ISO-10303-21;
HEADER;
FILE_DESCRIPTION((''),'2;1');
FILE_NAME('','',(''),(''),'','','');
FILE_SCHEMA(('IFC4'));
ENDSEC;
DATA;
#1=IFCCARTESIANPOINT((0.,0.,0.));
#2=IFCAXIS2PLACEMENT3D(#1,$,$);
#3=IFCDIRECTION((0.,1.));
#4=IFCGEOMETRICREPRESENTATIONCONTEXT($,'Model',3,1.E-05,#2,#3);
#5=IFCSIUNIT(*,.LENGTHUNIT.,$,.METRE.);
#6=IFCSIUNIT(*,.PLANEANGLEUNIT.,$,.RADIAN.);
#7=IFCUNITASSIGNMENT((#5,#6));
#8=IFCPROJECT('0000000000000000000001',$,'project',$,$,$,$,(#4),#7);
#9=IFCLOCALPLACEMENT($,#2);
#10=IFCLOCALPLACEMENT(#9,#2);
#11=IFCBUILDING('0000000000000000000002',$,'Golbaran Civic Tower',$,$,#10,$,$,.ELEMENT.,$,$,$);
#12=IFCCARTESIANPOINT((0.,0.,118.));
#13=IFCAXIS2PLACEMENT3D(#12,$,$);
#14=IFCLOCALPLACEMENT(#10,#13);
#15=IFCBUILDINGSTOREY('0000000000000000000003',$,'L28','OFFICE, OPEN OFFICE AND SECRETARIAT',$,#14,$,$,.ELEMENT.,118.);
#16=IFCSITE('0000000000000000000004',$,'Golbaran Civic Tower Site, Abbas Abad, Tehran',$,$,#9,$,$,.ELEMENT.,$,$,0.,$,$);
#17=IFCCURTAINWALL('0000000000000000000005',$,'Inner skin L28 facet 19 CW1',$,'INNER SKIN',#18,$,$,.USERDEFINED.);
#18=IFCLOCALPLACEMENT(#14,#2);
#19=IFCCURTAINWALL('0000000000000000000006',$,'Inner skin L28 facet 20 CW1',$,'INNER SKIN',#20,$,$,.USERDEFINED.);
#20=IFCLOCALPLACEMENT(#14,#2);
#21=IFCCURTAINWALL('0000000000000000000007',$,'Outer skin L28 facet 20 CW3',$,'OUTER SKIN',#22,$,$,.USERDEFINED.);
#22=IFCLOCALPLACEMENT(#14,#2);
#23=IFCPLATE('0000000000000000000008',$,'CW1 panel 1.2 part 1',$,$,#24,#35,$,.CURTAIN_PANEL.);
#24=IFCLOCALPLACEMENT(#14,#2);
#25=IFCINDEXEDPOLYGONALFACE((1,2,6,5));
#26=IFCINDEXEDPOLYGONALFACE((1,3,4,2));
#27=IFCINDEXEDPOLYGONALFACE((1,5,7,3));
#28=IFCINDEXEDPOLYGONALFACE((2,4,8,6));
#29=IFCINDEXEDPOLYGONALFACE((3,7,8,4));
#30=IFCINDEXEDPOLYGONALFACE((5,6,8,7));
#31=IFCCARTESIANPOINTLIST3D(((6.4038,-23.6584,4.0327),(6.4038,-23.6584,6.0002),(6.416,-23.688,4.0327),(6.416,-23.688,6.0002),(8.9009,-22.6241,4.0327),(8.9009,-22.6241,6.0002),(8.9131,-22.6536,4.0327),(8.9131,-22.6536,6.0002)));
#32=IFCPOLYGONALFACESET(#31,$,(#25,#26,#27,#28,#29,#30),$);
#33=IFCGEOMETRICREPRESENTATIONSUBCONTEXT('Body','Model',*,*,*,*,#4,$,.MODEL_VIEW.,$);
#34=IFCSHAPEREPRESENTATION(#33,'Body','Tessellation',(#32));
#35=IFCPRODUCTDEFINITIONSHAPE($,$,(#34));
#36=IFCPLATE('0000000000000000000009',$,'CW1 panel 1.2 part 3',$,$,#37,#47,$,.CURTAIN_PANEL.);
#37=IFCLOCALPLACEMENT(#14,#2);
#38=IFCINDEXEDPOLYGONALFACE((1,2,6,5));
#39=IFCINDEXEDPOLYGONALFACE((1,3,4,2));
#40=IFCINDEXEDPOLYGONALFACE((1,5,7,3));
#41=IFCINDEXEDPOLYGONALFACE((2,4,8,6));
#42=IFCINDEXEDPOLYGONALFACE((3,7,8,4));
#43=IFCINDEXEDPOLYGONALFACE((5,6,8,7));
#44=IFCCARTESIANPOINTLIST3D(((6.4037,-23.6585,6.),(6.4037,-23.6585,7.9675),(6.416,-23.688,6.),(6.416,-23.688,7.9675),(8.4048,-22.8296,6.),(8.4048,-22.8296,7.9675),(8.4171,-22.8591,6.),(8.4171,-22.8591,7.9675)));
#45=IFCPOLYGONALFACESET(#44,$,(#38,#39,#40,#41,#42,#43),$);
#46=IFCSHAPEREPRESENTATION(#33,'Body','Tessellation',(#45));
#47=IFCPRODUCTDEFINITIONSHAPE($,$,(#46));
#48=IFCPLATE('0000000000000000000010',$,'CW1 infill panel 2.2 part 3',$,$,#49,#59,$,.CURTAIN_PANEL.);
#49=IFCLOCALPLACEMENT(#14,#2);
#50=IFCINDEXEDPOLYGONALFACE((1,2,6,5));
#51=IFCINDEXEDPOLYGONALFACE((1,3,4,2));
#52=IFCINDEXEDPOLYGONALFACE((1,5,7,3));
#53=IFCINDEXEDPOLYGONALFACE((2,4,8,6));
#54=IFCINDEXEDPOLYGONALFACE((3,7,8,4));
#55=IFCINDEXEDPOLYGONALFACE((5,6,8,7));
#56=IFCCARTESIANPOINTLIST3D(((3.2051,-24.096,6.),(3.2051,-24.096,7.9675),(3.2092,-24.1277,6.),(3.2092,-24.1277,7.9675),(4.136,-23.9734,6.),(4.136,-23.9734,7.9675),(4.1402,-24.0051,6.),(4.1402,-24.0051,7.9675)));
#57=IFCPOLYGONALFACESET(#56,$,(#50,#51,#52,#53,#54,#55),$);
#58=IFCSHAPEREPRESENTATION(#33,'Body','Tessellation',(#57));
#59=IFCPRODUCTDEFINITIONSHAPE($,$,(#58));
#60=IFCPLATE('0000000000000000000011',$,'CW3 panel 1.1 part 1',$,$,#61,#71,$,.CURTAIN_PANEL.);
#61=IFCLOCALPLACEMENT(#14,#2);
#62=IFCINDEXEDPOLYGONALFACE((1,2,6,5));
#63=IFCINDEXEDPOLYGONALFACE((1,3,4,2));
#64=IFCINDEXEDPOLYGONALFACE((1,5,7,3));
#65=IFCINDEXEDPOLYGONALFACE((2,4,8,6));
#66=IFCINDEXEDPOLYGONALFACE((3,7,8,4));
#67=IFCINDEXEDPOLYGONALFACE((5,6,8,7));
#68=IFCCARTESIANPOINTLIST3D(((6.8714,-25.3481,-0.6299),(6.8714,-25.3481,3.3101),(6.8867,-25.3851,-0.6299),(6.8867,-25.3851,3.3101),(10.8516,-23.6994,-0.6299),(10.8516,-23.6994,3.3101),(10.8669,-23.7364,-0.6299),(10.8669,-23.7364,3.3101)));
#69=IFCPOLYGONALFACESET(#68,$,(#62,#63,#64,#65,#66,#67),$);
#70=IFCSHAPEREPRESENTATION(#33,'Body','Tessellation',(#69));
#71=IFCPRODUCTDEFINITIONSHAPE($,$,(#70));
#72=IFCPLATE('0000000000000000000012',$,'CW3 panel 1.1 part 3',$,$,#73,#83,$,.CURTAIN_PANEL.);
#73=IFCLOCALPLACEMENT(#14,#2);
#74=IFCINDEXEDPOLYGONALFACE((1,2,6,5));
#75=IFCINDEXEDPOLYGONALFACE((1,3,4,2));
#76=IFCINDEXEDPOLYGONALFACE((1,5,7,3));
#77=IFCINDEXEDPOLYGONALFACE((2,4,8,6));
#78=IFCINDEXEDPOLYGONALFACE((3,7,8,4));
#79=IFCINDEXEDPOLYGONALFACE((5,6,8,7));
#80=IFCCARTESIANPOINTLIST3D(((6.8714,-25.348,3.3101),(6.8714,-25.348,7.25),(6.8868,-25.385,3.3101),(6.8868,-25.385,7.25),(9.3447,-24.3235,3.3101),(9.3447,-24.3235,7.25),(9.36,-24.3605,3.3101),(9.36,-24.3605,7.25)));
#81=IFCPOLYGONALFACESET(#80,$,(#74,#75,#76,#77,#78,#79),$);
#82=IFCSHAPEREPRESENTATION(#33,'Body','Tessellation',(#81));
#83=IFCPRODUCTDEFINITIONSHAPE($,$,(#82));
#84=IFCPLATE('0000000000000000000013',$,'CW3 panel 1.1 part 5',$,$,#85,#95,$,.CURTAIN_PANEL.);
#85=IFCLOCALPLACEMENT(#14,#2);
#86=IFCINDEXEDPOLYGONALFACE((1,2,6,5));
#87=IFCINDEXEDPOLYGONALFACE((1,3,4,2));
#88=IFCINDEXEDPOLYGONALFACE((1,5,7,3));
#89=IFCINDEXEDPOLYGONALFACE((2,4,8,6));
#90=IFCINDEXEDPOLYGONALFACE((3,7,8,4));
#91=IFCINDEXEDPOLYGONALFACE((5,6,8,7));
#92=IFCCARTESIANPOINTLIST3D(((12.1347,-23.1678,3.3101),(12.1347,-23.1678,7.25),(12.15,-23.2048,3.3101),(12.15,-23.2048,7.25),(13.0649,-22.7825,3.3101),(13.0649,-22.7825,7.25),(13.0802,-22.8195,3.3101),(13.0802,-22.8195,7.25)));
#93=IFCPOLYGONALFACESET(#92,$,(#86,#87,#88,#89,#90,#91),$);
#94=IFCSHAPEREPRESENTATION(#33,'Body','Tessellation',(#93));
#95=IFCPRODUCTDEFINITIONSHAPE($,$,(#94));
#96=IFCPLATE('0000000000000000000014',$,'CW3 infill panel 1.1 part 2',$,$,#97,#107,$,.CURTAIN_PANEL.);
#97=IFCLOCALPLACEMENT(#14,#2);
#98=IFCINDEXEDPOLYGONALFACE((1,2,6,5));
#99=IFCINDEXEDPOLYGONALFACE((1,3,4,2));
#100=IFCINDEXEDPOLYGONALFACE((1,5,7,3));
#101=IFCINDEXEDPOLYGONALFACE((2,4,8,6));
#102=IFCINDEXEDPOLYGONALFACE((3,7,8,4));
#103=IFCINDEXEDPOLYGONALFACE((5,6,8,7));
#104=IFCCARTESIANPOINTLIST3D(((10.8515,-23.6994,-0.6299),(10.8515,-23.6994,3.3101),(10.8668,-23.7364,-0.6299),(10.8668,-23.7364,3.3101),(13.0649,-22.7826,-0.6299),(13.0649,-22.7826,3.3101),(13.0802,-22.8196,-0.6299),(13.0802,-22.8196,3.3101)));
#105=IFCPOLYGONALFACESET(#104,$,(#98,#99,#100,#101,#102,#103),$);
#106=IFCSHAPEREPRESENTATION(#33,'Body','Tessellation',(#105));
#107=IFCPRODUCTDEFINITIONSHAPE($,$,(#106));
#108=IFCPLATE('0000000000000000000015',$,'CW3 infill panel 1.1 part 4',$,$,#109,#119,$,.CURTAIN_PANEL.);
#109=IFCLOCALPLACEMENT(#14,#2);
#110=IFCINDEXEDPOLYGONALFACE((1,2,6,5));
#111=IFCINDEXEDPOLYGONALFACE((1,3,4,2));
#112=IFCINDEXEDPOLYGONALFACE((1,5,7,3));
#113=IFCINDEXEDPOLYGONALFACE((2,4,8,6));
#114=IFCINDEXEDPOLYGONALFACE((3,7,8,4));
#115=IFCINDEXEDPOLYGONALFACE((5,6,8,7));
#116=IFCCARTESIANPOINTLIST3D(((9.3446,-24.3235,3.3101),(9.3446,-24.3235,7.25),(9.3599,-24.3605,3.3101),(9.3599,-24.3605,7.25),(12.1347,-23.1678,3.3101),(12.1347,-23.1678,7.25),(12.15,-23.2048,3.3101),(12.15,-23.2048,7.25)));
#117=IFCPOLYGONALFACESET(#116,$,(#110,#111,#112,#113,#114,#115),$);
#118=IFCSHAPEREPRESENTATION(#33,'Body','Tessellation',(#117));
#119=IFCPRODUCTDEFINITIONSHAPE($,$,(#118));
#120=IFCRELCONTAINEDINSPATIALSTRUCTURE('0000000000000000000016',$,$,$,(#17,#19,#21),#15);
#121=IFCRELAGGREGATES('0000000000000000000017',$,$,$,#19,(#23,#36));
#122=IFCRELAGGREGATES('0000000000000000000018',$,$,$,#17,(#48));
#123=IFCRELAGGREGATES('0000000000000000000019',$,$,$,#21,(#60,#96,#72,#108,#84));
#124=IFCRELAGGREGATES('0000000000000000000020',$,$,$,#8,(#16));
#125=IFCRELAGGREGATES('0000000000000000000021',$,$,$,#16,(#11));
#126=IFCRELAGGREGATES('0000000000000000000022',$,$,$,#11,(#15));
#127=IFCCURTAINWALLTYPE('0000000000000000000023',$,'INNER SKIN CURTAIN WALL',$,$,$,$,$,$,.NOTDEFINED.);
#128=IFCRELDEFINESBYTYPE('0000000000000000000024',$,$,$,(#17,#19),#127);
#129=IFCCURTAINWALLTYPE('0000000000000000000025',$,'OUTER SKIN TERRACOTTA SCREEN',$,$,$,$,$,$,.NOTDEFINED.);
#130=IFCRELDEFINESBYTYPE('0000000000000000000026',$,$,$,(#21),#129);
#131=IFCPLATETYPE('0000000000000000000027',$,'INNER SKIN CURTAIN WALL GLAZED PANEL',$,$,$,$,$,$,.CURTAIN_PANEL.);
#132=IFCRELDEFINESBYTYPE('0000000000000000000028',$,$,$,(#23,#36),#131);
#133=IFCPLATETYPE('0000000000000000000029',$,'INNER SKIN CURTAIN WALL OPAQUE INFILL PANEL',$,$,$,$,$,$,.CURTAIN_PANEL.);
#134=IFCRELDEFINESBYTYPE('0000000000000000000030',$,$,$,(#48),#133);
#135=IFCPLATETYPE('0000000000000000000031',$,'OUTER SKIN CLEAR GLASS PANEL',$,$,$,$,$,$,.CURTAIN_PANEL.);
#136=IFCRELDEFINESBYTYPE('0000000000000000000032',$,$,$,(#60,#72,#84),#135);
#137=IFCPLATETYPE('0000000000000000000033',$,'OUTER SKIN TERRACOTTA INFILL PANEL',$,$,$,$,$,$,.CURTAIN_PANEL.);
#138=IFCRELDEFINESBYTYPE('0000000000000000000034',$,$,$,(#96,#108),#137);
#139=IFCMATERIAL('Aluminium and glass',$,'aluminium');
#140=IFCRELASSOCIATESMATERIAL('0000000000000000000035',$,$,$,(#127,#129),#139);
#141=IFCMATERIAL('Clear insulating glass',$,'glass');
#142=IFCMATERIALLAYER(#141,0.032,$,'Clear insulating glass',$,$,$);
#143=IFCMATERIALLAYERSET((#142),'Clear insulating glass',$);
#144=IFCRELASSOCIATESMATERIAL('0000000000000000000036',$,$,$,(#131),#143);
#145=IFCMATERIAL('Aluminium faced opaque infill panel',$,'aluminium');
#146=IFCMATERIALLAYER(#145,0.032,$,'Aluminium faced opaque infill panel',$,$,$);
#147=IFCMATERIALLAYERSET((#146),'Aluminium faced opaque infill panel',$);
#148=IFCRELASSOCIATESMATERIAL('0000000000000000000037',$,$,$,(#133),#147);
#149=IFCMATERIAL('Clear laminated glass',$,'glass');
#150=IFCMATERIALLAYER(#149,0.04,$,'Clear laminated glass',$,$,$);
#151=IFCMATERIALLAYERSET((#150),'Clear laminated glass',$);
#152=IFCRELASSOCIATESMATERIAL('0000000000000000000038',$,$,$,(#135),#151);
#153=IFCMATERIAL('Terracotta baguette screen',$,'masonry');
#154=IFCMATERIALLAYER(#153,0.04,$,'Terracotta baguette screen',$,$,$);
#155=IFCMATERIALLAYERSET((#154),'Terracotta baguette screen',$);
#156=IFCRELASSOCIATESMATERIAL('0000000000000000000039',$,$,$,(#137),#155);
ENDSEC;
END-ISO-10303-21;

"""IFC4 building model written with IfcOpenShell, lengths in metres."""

from ifc_helpers import new_model, si_unit, direction, frame, origin, origin_2d, place, context, subcontext, project, spatial, rectangle, extrude, material, layer, layer_set, type_object, element, aggregate, save


model = new_model("IFC4")

# Units and contexts
model_context = context("Model", 3, precision=1e-05, world=origin(), true_north=direction((0.0, 1.0)))
body_context = subcontext(model_context, "Body", "Model", "MODEL_VIEW")
ifc_project = project(units=[si_unit("LENGTHUNIT", "METRE"), si_unit("PLANEANGLEUNIT", "RADIAN")], contexts=[model_context])

# Site, building, storey
site_placement = place(None, origin())
site = spatial("IfcSite", under=ifc_project, at=site_placement, Name="Golbaran Civic Tower Site, Abbas Abad, Tehran", CompositionType="ELEMENT", RefElevation=0.0)
building_placement = place(site_placement, origin())
building = spatial("IfcBuilding", under=site, at=building_placement, Name="Golbaran Civic Tower", CompositionType="ELEMENT")
storey_placement = place(building_placement, frame((0.0, 0.0, 118.0)))
storey = spatial("IfcBuildingStorey", under=building, at=storey_placement, Name="L28", Description="OFFICE, OPEN OFFICE AND SECRETARIAT", CompositionType="ELEMENT", Elevation=118.0)

# Curtain wall
ifc_material_1 = material(Name="Aluminium and glass", Category="aluminium")
curtain_wall_type_1 = type_object("IfcCurtainWallType", Name="INNER SKIN CURTAIN WALL", PredefinedType="NOTDEFINED", material=ifc_material_1)
curtain_wall_1_placement = place(storey_placement, origin())
curtain_wall_1 = element("IfcCurtainWall", 1, at=curtain_wall_1_placement, inside=storey, type_object=curtain_wall_type_1, Name="Inner skin L28 facet 19 CW1", ObjectType="INNER SKIN", PredefinedType="USERDEFINED")

# Curtain wall
curtain_wall_2_placement = place(storey_placement, origin())
curtain_wall_2 = element("IfcCurtainWall", 2, at=curtain_wall_2_placement, inside=storey, type_object=curtain_wall_type_1, Name="Inner skin L28 facet 20 CW1", ObjectType="INNER SKIN", PredefinedType="USERDEFINED")

# Shared definitions
curtain_wall_type_2 = type_object("IfcCurtainWallType", Name="OUTER SKIN TERRACOTTA SCREEN", PredefinedType="NOTDEFINED", material=ifc_material_1)

# Curtain wall
curtain_wall_3_placement = place(storey_placement, origin())
curtain_wall_3 = element("IfcCurtainWall", 3, at=curtain_wall_3_placement, inside=storey, type_object=curtain_wall_type_2, Name="Outer skin L28 facet 20 CW3", ObjectType="OUTER SKIN", PredefinedType="USERDEFINED")

# Plates
ifc_material_2 = material(Name="Clear insulating glass", Category="glass")
ifc_layer_1 = layer(ifc_material_2, 0.032, Name="Clear insulating glass")
ifc_layer_set_1 = layer_set([ifc_layer_1], Name="Clear insulating glass")
plate_type_1 = type_object("IfcPlateType", Name="INNER SKIN CURTAIN WALL GLAZED PANEL", PredefinedType="CURTAIN_PANEL", material=ifc_layer_set_1)
plate_1_placement = place(storey_placement, frame((7.6584, -23.156, 4.0327), z_axis=(0.0, 0.0, 1.0), x_axis=(0.92388, 0.382683, 0.0)))
plate_1 = element("IfcPlate", 4, at=plate_1_placement, type_object=plate_type_1, Name="CW1 panel 1.2 part 1", PredefinedType="CURTAIN_PANEL", context=body_context, shape_type="SweptSolid", body=[
    extrude(rectangle(XDim=2.7029, YDim=0.032, at=origin_2d()), origin(), (0.0, 0.0, 1.0), 1.9675),
])
plate_2_placement = place(storey_placement, frame((7.4104, -23.2588, 6.0), z_axis=(0.0, 0.0, 1.0), x_axis=(0.92388, 0.382683, 0.0)))
plate_2 = element("IfcPlate", 5, at=plate_2_placement, type_object=plate_type_1, Name="CW1 panel 1.2 part 3", PredefinedType="CURTAIN_PANEL", context=body_context, shape_type="SweptSolid", body=[
    extrude(rectangle(XDim=2.166, YDim=0.032, at=origin_2d()), origin(), (0.0, 0.0, 1.0), 1.9675),
])
aggregate(curtain_wall_2, [plate_1, plate_2])
ifc_material_3 = material(Name="Aluminium faced opaque infill panel", Category="aluminium")
ifc_layer_2 = layer(ifc_material_3, 0.032, Name="Aluminium faced opaque infill panel")
ifc_layer_set_2 = layer_set([ifc_layer_2], Name="Aluminium faced opaque infill panel")
plate_type_2 = type_object("IfcPlateType", Name="INNER SKIN CURTAIN WALL OPAQUE INFILL PANEL", PredefinedType="CURTAIN_PANEL", material=ifc_layer_set_2)
plate_3_placement = place(storey_placement, frame((3.6726, -24.0505, 6.0), z_axis=(0.0, 0.0, 1.0), x_axis=(0.991445, 0.130526, 0.0)))
plate_3 = element("IfcPlate", 6, at=plate_3_placement, type_object=plate_type_2, Name="CW1 infill panel 2.2 part 3", PredefinedType="CURTAIN_PANEL", context=body_context, shape_type="SweptSolid", body=[
    extrude(rectangle(XDim=0.939, YDim=0.032, at=origin_2d()), origin(), (0.0, 0.0, 1.0), 1.9675),
])
aggregate(curtain_wall_1, [plate_3])
ifc_material_4 = material(Name="Clear laminated glass", Category="glass")
ifc_layer_3 = layer(ifc_material_4, 0.04, Name="Clear laminated glass")
ifc_layer_set_3 = layer_set([ifc_layer_3], Name="Clear laminated glass")
plate_type_3 = type_object("IfcPlateType", Name="OUTER SKIN CLEAR GLASS PANEL", PredefinedType="CURTAIN_PANEL", material=ifc_layer_set_3)
plate_4_placement = place(storey_placement, frame((8.8691, -24.5422, -0.6299), z_axis=(0.0, 0.0, 1.0), x_axis=(0.92388, 0.382683, 0.0)))
plate_4 = element("IfcPlate", 7, at=plate_4_placement, type_object=plate_type_3, Name="CW3 panel 1.1 part 1", PredefinedType="CURTAIN_PANEL", context=body_context, shape_type="SweptSolid", body=[
    extrude(rectangle(XDim=4.3081, YDim=0.04, at=origin_2d()), origin(), (0.0, 0.0, 1.0), 3.9399),
])
plate_5_placement = place(storey_placement, frame((8.1157, -24.8542, 3.3101), z_axis=(0.0, 0.0, 1.0), x_axis=(0.92388, 0.382683, 0.0)))
plate_5 = element("IfcPlate", 8, at=plate_5_placement, type_object=plate_type_3, Name="CW3 panel 1.1 part 3", PredefinedType="CURTAIN_PANEL", context=body_context, shape_type="SweptSolid", body=[
    extrude(rectangle(XDim=2.677, YDim=0.04, at=origin_2d()), origin(), (0.0, 0.0, 1.0), 3.9399),
])
plate_6_placement = place(storey_placement, frame((12.6074, -22.9937, 3.3101), z_axis=(0.0, 0.0, 1.0), x_axis=(0.92388, 0.382683, 0.0)))
plate_6 = element("IfcPlate", 9, at=plate_6_placement, type_object=plate_type_3, Name="CW3 panel 1.1 part 5", PredefinedType="CURTAIN_PANEL", context=body_context, shape_type="SweptSolid", body=[
    extrude(rectangle(XDim=1.0068, YDim=0.04, at=origin_2d()), origin(), (0.0, 0.0, 1.0), 3.9399),
])
ifc_material_5 = material(Name="Terracotta baguette screen", Category="masonry")
ifc_layer_4 = layer(ifc_material_5, 0.04, Name="Terracotta baguette screen")
ifc_layer_set_4 = layer_set([ifc_layer_4], Name="Terracotta baguette screen")
plate_type_4 = type_object("IfcPlateType", Name="OUTER SKIN TERRACOTTA INFILL PANEL", PredefinedType="CURTAIN_PANEL", material=ifc_layer_set_4)
plate_7_placement = place(storey_placement, frame((11.9658, -23.2595, -0.6299), z_axis=(0.0, 0.0, 1.0), x_axis=(0.92388, 0.382683, 0.0)))
plate_7 = element("IfcPlate", 10, at=plate_7_placement, type_object=plate_type_4, Name="CW3 infill panel 1.1 part 2", PredefinedType="CURTAIN_PANEL", context=body_context, shape_type="SweptSolid", body=[
    extrude(rectangle(XDim=2.3958, YDim=0.04, at=origin_2d()), origin(), (0.0, 0.0, 1.0), 3.9399),
])
plate_8_placement = place(storey_placement, frame((10.7473, -23.7642, 3.3101), z_axis=(0.0, 0.0, 1.0), x_axis=(0.92388, 0.382683, 0.0)))
plate_8 = element("IfcPlate", 11, at=plate_8_placement, type_object=plate_type_4, Name="CW3 infill panel 1.1 part 4", PredefinedType="CURTAIN_PANEL", context=body_context, shape_type="SweptSolid", body=[
    extrude(rectangle(XDim=3.02, YDim=0.04, at=origin_2d()), origin(), (0.0, 0.0, 1.0), 3.9399),
])
aggregate(curtain_wall_3, [plate_4, plate_7, plate_5, plate_8, plate_6])

save(model, "model.ifc")
